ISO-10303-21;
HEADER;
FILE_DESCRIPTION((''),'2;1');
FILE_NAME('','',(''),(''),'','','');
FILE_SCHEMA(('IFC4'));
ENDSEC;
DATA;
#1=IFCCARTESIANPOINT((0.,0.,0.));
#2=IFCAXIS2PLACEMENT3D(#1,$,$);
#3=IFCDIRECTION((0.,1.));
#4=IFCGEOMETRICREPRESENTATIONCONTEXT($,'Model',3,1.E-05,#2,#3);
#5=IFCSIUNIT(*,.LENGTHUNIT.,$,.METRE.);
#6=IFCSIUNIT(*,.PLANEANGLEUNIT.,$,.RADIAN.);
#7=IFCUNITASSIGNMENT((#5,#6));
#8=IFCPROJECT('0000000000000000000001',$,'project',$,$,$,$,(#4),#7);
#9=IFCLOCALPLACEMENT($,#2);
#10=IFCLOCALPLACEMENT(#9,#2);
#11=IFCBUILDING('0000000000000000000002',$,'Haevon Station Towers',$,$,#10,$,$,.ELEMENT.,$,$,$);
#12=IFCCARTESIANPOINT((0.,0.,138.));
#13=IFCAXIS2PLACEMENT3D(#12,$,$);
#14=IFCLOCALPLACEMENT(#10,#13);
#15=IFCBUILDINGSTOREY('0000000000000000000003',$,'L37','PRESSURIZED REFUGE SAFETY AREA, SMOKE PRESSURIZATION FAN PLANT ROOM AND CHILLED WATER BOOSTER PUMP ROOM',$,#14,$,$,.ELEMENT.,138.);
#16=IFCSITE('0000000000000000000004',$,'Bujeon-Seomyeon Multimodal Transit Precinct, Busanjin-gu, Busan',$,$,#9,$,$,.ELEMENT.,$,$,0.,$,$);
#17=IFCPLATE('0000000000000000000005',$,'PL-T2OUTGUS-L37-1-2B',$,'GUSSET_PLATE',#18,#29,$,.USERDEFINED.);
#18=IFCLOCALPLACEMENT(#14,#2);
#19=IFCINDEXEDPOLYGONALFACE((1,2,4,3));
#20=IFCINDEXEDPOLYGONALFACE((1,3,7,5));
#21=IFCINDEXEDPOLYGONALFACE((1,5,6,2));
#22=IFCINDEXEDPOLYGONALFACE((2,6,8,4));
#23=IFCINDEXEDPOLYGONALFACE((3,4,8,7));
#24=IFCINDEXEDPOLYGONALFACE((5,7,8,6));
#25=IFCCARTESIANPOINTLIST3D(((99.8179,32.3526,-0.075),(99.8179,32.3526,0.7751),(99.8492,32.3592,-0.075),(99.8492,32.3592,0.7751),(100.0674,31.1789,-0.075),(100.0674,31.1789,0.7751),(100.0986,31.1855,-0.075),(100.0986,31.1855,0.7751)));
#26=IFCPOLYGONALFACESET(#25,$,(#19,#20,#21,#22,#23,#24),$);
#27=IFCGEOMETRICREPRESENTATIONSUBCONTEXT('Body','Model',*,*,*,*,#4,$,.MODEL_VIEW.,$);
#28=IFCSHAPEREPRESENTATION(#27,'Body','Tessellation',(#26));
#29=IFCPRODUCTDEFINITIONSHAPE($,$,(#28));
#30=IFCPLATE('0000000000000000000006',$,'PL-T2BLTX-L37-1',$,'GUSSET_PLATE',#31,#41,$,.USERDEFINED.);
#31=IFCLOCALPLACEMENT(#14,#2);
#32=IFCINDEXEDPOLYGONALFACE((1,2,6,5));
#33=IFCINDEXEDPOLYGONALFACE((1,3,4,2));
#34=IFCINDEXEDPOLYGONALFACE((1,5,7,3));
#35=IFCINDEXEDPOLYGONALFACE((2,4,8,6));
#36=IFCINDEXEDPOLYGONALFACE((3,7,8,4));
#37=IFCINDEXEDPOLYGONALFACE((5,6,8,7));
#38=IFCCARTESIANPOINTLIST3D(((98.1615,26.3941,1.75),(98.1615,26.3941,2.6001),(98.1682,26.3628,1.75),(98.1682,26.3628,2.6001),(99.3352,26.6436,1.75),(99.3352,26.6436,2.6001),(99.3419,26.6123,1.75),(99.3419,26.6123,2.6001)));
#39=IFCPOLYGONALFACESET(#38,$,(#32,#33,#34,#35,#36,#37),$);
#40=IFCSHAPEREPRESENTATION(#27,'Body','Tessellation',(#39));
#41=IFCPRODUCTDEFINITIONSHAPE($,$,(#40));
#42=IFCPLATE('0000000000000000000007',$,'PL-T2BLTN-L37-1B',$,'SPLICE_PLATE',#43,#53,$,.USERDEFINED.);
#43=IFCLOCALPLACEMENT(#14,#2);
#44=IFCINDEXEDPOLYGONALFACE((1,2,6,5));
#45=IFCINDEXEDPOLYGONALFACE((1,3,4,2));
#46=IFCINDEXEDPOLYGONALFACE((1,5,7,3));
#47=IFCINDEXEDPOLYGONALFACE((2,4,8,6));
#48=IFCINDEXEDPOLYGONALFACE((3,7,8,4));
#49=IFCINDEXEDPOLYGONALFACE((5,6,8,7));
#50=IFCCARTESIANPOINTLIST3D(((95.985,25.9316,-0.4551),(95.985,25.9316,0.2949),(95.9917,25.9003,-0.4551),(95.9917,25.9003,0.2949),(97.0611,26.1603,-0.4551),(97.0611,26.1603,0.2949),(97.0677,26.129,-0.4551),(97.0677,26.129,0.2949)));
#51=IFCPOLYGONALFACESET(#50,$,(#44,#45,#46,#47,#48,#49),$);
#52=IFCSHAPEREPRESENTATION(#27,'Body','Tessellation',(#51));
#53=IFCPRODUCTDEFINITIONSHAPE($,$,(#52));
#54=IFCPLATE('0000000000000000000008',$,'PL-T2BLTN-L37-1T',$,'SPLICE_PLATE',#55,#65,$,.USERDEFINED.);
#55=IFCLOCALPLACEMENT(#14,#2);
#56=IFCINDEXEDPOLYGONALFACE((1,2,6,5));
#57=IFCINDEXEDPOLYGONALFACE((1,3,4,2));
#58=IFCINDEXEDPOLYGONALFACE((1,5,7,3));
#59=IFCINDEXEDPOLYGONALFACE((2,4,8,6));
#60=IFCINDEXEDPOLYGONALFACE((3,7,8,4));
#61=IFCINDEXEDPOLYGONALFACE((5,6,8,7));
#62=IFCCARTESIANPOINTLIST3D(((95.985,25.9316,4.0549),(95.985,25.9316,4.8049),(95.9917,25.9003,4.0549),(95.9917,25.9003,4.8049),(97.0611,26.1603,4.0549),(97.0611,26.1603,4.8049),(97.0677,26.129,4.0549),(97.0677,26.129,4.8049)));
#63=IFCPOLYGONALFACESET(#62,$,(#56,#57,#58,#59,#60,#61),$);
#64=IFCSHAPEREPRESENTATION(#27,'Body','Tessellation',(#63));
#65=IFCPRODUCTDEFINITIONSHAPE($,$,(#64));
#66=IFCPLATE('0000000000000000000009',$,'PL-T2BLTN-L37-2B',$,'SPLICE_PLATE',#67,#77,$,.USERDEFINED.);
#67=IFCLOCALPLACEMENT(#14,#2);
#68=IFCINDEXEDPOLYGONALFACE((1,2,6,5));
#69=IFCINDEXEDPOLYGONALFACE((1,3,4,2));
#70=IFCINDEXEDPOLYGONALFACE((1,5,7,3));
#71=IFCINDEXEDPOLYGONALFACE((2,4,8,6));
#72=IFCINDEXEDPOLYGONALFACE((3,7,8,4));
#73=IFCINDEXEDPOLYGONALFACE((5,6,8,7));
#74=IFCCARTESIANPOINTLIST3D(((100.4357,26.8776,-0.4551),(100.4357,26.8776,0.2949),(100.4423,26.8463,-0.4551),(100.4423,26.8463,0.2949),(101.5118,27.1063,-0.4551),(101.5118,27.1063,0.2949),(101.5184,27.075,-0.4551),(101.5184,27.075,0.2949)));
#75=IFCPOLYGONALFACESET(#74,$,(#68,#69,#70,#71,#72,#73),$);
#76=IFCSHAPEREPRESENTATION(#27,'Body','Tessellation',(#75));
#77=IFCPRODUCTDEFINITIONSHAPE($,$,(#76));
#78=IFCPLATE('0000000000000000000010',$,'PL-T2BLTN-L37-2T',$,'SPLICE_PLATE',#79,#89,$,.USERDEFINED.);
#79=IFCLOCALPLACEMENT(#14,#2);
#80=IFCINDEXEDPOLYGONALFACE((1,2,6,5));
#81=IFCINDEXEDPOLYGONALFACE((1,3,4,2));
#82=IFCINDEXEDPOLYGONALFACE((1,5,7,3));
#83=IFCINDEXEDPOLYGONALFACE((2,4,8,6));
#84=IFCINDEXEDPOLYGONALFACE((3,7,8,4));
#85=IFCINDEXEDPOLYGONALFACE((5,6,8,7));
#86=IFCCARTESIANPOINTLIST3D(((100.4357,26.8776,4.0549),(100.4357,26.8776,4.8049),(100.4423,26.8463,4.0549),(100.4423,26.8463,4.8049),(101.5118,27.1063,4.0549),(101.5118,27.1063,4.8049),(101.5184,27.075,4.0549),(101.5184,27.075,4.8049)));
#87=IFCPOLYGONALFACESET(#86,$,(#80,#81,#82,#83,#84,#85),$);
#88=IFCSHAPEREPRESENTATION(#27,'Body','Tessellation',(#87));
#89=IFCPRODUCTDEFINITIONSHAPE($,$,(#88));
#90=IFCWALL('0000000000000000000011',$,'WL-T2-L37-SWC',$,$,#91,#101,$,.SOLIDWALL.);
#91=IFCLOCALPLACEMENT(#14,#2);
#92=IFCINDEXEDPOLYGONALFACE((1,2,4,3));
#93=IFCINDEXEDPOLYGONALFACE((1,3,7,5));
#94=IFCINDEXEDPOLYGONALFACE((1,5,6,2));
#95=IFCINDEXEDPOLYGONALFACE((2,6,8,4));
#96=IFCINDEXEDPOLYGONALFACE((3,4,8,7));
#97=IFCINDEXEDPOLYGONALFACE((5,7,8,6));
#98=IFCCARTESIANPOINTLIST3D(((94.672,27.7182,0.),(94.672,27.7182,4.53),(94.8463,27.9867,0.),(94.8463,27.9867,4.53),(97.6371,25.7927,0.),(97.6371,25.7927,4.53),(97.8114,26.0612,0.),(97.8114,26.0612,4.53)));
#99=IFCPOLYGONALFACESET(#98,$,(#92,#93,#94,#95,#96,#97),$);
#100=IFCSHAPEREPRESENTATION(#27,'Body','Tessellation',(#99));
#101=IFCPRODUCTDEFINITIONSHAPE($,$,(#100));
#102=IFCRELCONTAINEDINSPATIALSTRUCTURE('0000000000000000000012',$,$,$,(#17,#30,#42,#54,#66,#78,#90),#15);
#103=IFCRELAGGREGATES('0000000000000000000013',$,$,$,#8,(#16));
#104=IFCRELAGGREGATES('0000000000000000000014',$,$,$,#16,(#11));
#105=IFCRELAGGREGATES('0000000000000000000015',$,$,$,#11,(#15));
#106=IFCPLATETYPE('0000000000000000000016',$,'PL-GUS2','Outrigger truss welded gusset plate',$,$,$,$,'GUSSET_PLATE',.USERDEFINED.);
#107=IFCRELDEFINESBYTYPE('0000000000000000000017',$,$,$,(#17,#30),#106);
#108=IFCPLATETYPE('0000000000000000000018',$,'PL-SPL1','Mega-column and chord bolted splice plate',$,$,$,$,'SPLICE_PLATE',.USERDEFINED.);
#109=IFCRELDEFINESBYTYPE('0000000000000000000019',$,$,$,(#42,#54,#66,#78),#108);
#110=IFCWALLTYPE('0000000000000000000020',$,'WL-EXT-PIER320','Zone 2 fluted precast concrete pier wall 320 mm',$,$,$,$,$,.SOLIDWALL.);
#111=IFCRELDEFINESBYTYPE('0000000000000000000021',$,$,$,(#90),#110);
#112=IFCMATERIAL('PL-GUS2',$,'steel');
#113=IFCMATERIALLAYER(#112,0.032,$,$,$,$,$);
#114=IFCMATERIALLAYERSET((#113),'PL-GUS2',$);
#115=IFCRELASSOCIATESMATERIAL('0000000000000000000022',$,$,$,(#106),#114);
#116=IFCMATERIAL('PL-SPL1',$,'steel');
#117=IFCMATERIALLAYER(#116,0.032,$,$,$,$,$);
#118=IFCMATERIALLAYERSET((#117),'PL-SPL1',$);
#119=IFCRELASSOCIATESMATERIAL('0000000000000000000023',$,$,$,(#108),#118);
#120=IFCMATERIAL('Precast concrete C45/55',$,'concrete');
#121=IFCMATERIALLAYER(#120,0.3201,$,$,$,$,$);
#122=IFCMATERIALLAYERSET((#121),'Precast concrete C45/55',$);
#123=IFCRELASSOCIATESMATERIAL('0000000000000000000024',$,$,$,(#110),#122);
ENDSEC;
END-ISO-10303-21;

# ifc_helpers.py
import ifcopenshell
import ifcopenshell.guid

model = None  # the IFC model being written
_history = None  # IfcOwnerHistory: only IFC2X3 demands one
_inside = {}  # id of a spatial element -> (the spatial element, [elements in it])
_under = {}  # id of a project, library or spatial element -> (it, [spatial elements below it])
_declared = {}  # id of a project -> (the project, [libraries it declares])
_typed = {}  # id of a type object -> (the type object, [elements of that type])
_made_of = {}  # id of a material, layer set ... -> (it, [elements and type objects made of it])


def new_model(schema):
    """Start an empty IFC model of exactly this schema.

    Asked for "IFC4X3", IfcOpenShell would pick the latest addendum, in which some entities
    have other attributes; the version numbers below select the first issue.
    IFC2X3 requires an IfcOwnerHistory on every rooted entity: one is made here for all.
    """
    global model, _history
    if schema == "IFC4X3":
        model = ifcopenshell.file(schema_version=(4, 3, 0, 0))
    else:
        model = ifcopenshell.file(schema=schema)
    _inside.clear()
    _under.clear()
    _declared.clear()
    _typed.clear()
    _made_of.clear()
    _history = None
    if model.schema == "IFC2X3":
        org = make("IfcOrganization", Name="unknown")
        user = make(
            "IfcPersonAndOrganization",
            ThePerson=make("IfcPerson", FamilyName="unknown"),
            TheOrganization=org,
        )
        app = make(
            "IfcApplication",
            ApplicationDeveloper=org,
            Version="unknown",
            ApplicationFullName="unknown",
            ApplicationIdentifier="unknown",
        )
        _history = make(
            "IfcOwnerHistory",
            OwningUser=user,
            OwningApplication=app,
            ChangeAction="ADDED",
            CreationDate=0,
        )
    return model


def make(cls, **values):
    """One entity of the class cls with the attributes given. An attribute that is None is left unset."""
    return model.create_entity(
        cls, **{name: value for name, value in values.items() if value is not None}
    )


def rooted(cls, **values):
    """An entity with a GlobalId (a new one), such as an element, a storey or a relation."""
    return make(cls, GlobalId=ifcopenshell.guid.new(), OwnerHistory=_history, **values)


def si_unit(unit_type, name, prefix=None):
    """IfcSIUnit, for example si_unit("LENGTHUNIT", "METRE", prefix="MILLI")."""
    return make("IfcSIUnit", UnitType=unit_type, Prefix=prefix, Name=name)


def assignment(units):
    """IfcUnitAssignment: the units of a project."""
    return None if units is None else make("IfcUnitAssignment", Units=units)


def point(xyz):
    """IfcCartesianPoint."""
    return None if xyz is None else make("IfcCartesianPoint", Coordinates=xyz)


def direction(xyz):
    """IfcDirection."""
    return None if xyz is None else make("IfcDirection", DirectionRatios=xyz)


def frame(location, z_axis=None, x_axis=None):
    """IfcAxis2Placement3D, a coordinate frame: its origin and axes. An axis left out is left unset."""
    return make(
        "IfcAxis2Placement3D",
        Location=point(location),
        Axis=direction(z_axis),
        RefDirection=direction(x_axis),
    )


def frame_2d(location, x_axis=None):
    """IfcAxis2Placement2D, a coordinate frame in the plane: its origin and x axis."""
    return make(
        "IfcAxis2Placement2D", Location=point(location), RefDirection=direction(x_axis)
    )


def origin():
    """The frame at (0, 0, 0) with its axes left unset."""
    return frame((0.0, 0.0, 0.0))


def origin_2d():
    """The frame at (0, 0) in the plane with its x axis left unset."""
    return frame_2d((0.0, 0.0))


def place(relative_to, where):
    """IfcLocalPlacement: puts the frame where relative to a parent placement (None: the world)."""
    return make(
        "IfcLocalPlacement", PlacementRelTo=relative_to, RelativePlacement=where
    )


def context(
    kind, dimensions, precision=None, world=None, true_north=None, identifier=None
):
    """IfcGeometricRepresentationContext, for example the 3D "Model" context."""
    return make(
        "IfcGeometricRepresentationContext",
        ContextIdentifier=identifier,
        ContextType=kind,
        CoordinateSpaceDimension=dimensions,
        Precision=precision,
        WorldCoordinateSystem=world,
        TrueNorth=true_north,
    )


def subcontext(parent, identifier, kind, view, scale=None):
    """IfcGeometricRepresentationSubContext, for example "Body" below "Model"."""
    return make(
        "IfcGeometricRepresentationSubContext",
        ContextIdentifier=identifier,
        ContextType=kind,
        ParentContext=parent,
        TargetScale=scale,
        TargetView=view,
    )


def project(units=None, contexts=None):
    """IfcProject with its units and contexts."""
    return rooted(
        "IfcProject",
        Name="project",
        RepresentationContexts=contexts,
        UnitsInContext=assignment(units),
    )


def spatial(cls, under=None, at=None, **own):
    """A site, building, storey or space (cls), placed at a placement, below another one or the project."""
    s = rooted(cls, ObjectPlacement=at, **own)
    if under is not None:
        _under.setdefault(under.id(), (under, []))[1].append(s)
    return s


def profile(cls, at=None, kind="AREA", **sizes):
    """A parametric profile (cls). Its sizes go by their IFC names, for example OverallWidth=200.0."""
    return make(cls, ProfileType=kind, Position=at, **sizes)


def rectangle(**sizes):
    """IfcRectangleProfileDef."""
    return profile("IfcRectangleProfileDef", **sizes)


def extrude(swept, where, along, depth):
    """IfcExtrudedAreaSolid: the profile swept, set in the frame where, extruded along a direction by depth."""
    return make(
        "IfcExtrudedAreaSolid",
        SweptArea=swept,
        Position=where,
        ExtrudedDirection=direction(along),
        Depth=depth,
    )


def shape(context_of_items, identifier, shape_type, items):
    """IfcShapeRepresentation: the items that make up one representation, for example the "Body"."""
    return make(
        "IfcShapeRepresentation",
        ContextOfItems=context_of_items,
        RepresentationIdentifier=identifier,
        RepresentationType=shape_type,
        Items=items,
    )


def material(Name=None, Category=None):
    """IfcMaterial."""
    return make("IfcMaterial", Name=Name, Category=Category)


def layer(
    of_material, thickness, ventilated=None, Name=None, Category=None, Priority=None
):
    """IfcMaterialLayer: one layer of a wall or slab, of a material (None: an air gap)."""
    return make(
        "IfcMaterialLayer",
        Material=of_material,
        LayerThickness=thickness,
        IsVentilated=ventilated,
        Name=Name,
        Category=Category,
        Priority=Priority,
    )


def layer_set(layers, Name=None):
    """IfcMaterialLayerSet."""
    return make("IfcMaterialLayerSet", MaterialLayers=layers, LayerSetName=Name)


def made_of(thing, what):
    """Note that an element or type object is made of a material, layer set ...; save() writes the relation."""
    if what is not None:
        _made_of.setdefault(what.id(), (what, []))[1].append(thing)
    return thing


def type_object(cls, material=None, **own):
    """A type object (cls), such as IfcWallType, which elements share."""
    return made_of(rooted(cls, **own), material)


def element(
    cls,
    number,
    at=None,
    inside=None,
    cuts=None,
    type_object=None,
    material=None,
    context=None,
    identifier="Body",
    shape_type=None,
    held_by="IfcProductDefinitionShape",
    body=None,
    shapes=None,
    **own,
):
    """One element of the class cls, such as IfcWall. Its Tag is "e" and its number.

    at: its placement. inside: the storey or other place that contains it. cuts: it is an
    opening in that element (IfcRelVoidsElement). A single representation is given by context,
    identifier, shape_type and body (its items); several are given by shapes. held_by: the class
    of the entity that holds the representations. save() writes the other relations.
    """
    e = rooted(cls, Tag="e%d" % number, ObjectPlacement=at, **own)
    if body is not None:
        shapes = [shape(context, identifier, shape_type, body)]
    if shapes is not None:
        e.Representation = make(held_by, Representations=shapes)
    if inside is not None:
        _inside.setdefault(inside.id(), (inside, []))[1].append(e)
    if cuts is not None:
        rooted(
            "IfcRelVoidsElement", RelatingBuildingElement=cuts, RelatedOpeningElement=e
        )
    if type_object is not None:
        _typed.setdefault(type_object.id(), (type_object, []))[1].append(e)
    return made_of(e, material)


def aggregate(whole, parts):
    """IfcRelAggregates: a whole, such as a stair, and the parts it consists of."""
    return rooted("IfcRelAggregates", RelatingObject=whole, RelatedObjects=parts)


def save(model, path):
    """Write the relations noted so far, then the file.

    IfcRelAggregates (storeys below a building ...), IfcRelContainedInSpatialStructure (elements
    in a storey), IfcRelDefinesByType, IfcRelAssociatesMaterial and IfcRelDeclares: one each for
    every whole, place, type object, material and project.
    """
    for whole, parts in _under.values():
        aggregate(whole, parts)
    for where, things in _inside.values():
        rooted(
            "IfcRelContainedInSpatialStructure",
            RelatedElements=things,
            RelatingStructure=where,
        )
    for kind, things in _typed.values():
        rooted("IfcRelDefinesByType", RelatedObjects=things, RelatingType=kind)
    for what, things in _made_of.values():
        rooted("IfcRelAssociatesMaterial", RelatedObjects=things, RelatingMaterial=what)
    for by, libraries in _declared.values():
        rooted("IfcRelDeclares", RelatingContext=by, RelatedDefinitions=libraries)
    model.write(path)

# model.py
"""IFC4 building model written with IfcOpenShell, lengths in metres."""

from ifc_helpers import new_model, si_unit, direction, frame, frame_2d, origin, origin_2d, place, context, subcontext, project, spatial, rectangle, extrude, material, layer, layer_set, type_object, element, save


model = new_model("IFC4")

# Units and contexts
model_context = context("Model", 3, precision=1e-05, world=origin(), true_north=direction((0.0, 1.0)))
body_context = subcontext(model_context, "Body", "Model", "MODEL_VIEW")
ifc_project = project(units=[si_unit("LENGTHUNIT", "METRE"), si_unit("PLANEANGLEUNIT", "RADIAN")], contexts=[model_context])

# Site, building, storey
site_placement = place(None, origin())
site = spatial("IfcSite", under=ifc_project, at=site_placement, Name="Bujeon-Seomyeon Multimodal Transit Precinct, Busanjin-gu, Busan", CompositionType="ELEMENT", RefElevation=0.0)
building_placement = place(site_placement, origin())
building = spatial("IfcBuilding", under=site, at=building_placement, Name="Haevon Station Towers", CompositionType="ELEMENT")
storey_placement = place(building_placement, frame((0.0, 0.0, 138.0)))
storey = spatial("IfcBuildingStorey", under=building, at=storey_placement, Name="L37", Description="PRESSURIZED REFUGE SAFETY AREA, SMOKE PRESSURIZATION FAN PLANT ROOM AND CHILLED WATER BOOSTER PUMP ROOM", CompositionType="ELEMENT", Elevation=138.0)

# Plates
ifc_material_1 = material(Name="PL-GUS2", Category="steel")
ifc_layer_1 = layer(ifc_material_1, 0.032)
ifc_layer_set_1 = layer_set([ifc_layer_1], Name="PL-GUS2")
plate_type_1 = type_object("IfcPlateType", Name="PL-GUS2", Description="Outrigger truss welded gusset plate", ElementType="GUSSET_PLATE", PredefinedType="USERDEFINED", material=ifc_layer_set_1)
for number, where, z_axis, x_axis, name in (
    (1, (99.9583, 31.769, -0.075), (0.0, 0.0, 1.0), (-0.207912, 0.978148, 0.0), "PL-T2OUTGUS-L37-1-2B"),
    (2, (98.7517, 26.5032, 1.75), (0.0, 0.0, 1.0), (0.978148, 0.207912, 0.0), "PL-T2BLTX-L37-1"),
):
    element("IfcPlate", number, at=place(storey_placement, frame(where, z_axis=z_axis, x_axis=x_axis)), inside=storey, type_object=plate_type_1, Name=name, ObjectType="GUSSET_PLATE", PredefinedType="USERDEFINED", context=body_context, shape_type="SweptSolid", body=[
        extrude(rectangle(XDim=1.2, YDim=0.032, at=origin_2d()), origin(), (0.0, 0.0, 1.0), 0.8501),
    ])
ifc_material_2 = material(Name="PL-SPL1", Category="steel")
ifc_layer_2 = layer(ifc_material_2, 0.032)
ifc_layer_set_2 = layer_set([ifc_layer_2], Name="PL-SPL1")
plate_type_2 = type_object("IfcPlateType", Name="PL-SPL1", Description="Mega-column and chord bolted splice plate", ElementType="SPLICE_PLATE", PredefinedType="USERDEFINED", material=ifc_layer_set_2)
for number, where, z_axis, x_axis, name in (
    (3, (96.5264, 26.0303, -0.4551), (0.0, 0.0, 1.0), (0.978148, 0.207912, 0.0), "PL-T2BLTN-L37-1B"),
    (4, (96.5264, 26.0303, 4.0549), (0.0, 0.0, 1.0), (0.978148, 0.207912, 0.0), "PL-T2BLTN-L37-1T"),
    (5, (100.9771, 26.9763, -0.4551), (0.0, 0.0, 1.0), (0.978148, 0.207912, 0.0), "PL-T2BLTN-L37-2B"),
    (6, (100.9771, 26.9763, 4.0549), (0.0, 0.0, 1.0), (0.978148, 0.207912, 0.0), "PL-T2BLTN-L37-2T"),
):
    element("IfcPlate", number, at=place(storey_placement, frame(where, z_axis=z_axis, x_axis=x_axis)), inside=storey, type_object=plate_type_2, Name=name, ObjectType="SPLICE_PLATE", PredefinedType="USERDEFINED", context=body_context, shape_type="SweptSolid", body=[
        extrude(rectangle(XDim=1.1001, YDim=0.032, at=origin_2d()), origin(), (0.0, 0.0, 1.0), 0.75),
    ])

# Wall
ifc_material_3 = material(Name="Precast concrete C45/55", Category="concrete")
ifc_layer_3 = layer(ifc_material_3, 0.3201)
ifc_layer_set_3 = layer_set([ifc_layer_3], Name="Precast concrete C45/55")
wall_type = type_object("IfcWallType", Name="WL-EXT-PIER320", Description="Zone 2 fluted precast concrete pier wall 320 mm", PredefinedType="SOLIDWALL", material=ifc_layer_set_3)
wall_placement = place(storey_placement, frame((97.7241, 25.927, 0.0), z_axis=(0.0, 0.0, 1.0), x_axis=(-0.838672, 0.544636, 0.0)))
element("IfcWall", 7, at=wall_placement, inside=storey, type_object=wall_type, Name="WL-T2-L37-SWC", PredefinedType="SOLIDWALL", context=body_context, shape_type="SweptSolid", body=[
    extrude(rectangle(XDim=3.5354, YDim=0.3201, at=frame_2d((1.7676, 0.0))), origin(), (0.0, 0.0, 1.0), 4.53),
])

save(model, "model.ifc")
